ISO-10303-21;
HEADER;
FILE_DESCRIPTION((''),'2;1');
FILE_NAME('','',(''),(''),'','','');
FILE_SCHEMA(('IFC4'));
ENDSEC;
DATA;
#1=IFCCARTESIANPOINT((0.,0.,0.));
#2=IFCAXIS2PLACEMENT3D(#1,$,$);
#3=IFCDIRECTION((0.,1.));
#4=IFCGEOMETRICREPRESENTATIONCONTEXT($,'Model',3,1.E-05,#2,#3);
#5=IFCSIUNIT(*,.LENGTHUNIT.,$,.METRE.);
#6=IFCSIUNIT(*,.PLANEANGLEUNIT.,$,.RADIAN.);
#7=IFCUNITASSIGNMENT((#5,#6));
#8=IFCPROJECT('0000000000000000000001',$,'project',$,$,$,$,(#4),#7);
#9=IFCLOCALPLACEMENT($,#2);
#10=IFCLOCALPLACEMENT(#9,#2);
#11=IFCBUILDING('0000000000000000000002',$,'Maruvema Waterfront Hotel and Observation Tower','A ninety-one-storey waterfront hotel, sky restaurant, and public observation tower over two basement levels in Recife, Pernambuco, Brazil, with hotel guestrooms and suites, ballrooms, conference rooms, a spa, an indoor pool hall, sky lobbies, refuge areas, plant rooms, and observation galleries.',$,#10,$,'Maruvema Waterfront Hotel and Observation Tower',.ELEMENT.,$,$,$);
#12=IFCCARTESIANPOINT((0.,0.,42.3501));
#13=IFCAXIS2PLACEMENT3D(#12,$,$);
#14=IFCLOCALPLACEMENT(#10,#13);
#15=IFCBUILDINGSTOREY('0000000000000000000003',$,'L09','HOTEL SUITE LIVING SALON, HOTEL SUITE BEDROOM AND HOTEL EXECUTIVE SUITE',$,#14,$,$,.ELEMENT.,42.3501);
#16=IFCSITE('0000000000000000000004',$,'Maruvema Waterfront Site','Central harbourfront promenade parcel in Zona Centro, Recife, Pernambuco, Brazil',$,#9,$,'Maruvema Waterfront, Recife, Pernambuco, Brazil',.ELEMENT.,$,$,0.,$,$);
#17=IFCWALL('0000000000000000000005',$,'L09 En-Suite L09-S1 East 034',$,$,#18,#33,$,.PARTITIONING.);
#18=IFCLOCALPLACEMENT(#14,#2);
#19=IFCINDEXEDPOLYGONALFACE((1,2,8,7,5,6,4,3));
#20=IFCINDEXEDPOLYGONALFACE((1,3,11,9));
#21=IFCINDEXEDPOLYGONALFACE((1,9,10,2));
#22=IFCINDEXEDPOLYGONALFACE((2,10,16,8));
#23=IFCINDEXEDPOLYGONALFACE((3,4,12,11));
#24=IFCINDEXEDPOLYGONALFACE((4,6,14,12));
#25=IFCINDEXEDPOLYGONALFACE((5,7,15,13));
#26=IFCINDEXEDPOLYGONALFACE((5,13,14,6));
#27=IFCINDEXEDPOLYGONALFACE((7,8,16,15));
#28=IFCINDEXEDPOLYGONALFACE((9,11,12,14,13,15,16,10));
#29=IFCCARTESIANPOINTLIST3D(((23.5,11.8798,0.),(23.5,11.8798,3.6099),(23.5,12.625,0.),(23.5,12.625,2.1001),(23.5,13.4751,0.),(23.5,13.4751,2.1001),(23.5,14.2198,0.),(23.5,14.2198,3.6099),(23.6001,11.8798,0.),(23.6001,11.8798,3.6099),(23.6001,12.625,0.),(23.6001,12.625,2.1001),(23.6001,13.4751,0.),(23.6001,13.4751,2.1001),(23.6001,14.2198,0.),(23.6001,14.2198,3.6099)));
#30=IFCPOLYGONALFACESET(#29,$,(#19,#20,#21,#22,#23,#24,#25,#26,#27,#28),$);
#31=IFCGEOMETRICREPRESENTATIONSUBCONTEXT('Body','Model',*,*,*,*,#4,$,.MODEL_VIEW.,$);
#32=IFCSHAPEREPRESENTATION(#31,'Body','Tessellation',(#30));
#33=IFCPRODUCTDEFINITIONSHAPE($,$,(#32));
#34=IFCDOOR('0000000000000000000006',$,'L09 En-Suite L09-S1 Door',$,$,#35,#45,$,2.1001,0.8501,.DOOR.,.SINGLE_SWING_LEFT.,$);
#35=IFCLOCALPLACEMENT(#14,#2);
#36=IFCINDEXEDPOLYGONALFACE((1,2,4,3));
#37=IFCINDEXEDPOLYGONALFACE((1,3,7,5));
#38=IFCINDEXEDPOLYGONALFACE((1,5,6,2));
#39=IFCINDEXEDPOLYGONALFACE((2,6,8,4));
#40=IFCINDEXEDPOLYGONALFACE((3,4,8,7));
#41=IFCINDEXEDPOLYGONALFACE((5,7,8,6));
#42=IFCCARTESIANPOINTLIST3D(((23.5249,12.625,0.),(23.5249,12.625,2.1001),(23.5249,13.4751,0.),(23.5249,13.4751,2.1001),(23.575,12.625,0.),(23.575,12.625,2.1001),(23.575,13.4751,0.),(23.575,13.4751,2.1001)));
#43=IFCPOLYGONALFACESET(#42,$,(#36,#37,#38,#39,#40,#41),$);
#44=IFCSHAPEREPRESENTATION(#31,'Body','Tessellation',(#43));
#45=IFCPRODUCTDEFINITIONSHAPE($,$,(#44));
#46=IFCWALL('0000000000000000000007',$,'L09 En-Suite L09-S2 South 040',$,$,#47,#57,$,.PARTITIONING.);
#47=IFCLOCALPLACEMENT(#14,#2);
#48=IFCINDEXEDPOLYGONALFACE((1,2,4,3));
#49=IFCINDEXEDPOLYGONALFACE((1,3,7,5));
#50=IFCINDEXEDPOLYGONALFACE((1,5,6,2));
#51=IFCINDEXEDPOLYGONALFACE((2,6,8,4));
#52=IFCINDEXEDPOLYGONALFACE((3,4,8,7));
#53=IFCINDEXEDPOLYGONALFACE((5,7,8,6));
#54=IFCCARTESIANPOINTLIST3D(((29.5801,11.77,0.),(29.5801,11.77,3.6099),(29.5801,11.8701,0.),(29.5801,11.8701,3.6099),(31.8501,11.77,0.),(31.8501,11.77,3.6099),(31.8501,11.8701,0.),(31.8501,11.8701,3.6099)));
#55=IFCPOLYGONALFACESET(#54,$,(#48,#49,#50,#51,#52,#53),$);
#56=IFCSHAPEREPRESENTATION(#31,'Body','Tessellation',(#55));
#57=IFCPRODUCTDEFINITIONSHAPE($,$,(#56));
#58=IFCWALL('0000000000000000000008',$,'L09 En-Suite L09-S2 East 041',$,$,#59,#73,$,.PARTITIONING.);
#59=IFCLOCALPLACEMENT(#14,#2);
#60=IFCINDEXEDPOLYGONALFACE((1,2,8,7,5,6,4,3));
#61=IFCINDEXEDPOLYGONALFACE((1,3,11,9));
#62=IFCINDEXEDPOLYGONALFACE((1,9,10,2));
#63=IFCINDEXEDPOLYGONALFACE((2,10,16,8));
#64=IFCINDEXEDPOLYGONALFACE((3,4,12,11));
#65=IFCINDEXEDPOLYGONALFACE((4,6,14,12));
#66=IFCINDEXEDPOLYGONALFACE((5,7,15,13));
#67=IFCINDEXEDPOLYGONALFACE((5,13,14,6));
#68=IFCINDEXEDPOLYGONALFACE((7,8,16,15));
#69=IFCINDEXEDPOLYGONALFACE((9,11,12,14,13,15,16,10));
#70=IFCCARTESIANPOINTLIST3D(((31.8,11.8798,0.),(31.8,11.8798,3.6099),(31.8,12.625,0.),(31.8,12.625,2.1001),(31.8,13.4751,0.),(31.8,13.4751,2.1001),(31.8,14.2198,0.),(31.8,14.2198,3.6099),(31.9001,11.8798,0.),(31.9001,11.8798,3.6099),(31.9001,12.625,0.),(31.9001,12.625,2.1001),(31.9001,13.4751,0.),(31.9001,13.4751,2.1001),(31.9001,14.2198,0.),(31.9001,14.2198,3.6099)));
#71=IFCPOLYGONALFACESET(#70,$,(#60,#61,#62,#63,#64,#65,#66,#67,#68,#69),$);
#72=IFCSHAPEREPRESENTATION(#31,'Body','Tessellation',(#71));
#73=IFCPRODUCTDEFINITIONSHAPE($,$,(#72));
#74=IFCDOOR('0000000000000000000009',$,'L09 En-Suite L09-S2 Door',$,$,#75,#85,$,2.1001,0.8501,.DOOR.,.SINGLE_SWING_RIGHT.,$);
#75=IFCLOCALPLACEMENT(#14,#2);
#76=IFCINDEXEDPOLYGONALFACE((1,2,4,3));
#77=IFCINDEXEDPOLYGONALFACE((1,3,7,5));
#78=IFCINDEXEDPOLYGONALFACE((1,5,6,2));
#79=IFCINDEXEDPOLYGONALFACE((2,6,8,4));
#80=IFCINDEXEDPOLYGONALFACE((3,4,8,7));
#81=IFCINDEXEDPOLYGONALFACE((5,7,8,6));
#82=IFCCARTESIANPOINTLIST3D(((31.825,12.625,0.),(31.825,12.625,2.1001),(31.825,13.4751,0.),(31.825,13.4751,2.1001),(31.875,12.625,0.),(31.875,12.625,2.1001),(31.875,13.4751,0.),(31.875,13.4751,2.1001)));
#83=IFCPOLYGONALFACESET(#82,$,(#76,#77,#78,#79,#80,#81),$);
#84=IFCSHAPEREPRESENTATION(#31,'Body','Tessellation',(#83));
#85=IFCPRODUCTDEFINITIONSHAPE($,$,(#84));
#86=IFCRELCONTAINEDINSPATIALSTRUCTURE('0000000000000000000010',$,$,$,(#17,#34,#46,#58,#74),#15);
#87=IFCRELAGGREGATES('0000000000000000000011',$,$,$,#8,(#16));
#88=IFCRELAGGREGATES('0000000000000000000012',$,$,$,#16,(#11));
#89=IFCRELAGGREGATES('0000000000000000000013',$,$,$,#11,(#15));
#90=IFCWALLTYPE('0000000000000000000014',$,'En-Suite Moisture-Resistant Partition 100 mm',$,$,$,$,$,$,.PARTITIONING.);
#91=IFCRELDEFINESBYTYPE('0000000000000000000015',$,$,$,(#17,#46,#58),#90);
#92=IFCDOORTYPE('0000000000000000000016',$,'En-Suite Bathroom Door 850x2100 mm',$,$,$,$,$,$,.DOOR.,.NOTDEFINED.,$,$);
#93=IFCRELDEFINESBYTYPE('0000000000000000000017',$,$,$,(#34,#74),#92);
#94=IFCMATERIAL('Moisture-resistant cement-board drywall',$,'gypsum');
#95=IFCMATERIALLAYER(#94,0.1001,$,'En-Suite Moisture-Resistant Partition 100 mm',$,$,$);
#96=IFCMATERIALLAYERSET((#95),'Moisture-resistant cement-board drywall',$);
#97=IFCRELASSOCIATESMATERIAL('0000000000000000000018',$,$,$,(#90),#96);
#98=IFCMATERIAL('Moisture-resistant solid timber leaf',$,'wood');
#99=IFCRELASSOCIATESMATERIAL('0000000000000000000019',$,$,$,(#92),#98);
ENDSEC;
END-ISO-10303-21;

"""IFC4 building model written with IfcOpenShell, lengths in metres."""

from ifc_helpers import new_model, si_unit, direction, frame, frame_2d, origin, place, context, subcontext, project, spatial, rectangle, extrude, material, layer, layer_set, type_object, element, fill, save


model = new_model("IFC4")

# Units and contexts
model_context = context("Model", 3, precision=1e-05, world=origin(), true_north=direction((0.0, 1.0)))
body_context = subcontext(model_context, "Body", "Model", "MODEL_VIEW")
ifc_project = project(units=[si_unit("LENGTHUNIT", "METRE"), si_unit("PLANEANGLEUNIT", "RADIAN")], contexts=[model_context])

# Site, building, storey
site_placement = place(None, origin())
site = spatial("IfcSite", under=ifc_project, at=site_placement, Name="Maruvema Waterfront Site", Description="Central harbourfront promenade parcel in Zona Centro, Recife, Pernambuco, Brazil", LongName="Maruvema Waterfront, Recife, Pernambuco, Brazil", CompositionType="ELEMENT", RefElevation=0.0)
building_placement = place(site_placement, origin())
building = spatial("IfcBuilding", under=site, at=building_placement, Name="Maruvema Waterfront Hotel and Observation Tower", Description="A ninety-one-storey waterfront hotel, sky restaurant, and public observation tower over two basement levels in Recife, Pernambuco, Brazil, with hotel guestrooms and suites, ballrooms, conference rooms, a spa, an indoor pool hall, sky lobbies, refuge areas, plant rooms, and observation galleries.", LongName="Maruvema Waterfront Hotel and Observation Tower", CompositionType="ELEMENT")
storey_placement = place(building_placement, frame((0.0, 0.0, 42.3501)))
storey = spatial("IfcBuildingStorey", under=building, at=storey_placement, Name="L09", Description="HOTEL SUITE LIVING SALON, HOTEL SUITE BEDROOM AND HOTEL EXECUTIVE SUITE", CompositionType="ELEMENT", Elevation=42.3501)

# Shared definitions
ifc_material_1 = material(Name="Moisture-resistant cement-board drywall", Category="gypsum")
ifc_layer_1 = layer(ifc_material_1, 0.1001, Name="En-Suite Moisture-Resistant Partition 100 mm")
ifc_layer_set_1 = layer_set([ifc_layer_1], Name="Moisture-resistant cement-board drywall")
wall_type_1 = type_object("IfcWallType", Name="En-Suite Moisture-Resistant Partition 100 mm", PredefinedType="PARTITIONING", material=ifc_layer_set_1)

# Wall, opening, door
wall_1_placement = place(storey_placement, frame((23.55, 11.8799, 0.0), z_axis=(0.0, 0.0, 1.0), x_axis=(0.0, 1.0, 0.0)))
wall_1 = element("IfcWall", 1, at=wall_1_placement, inside=storey, type_object=wall_type_1, Name="L09 En-Suite L09-S1 East 034", PredefinedType="PARTITIONING", context=body_context, shape_type="SweptSolid", body=[
    extrude(rectangle(XDim=2.3401, YDim=0.1001, at=frame_2d((1.1699, 0.0))), origin(), (0.0, 0.0, 1.0), 3.6099),
])
opening_1_placement = place(wall_1_placement, frame((0.7451, 0.0, 0.0)))
opening_1 = element("IfcOpeningElement", 2, at=opening_1_placement, cuts=wall_1, PredefinedType="OPENING", context=body_context, shape_type="SweptSolid", body=[
    extrude(rectangle(XDim=0.8501, YDim=2.1001, at=frame_2d((0.425, 1.05))), frame((0.0, 0.0601, 0.0), z_axis=(0.0, -1.0, 0.0), x_axis=(1.0, 0.0, 0.0)), (0.0, 0.0, 1.0), 0.1201),
])
ifc_material_2 = material(Name="Moisture-resistant solid timber leaf", Category="wood")
door_type_1 = type_object("IfcDoorType", Name="En-Suite Bathroom Door 850x2100 mm", OperationType="NOTDEFINED", PredefinedType="DOOR", material=ifc_material_2)
door_1_placement = place(opening_1_placement, frame((0.8501, 0.0, 0.0), z_axis=(0.0, 0.0, 1.0), x_axis=(-1.0, 0.0, 0.0)))
door_1 = element("IfcDoor", 3, at=door_1_placement, inside=storey, type_object=door_type_1, Name="L09 En-Suite L09-S1 Door", OperationType="SINGLE_SWING_LEFT", OverallHeight=2.1001, OverallWidth=0.8501, PredefinedType="DOOR", context=body_context, shape_type="SweptSolid", body=[
    extrude(rectangle(XDim=0.8501, YDim=2.1001, at=frame_2d((0.425, 1.05))), frame((0.0, 0.0249, 0.0), z_axis=(0.0, -1.0, 0.0), x_axis=(1.0, 0.0, 0.0)), (0.0, 0.0, 1.0), 0.05),
])
fill(opening_1, door_1)

# Wall
wall_2_placement = place(storey_placement, frame((29.5801, 11.8201, 0.0), z_axis=(0.0, 0.0, 1.0), x_axis=(1.0, 0.0, 0.0)))
element("IfcWall", 4, at=wall_2_placement, inside=storey, type_object=wall_type_1, Name="L09 En-Suite L09-S2 South 040", PredefinedType="PARTITIONING", context=body_context, shape_type="SweptSolid", body=[
    extrude(rectangle(XDim=2.27, YDim=0.1001, at=frame_2d((1.135, 0.0))), origin(), (0.0, 0.0, 1.0), 3.6099),
])

# Wall, opening, door
wall_3_placement = place(storey_placement, frame((31.8501, 11.8799, 0.0), z_axis=(0.0, 0.0, 1.0), x_axis=(0.0, 1.0, 0.0)))
wall_3 = element("IfcWall", 5, at=wall_3_placement, inside=storey, type_object=wall_type_1, Name="L09 En-Suite L09-S2 East 041", PredefinedType="PARTITIONING", context=body_context, shape_type="SweptSolid", body=[
    extrude(rectangle(XDim=2.3401, YDim=0.1001, at=frame_2d((1.1699, 0.0))), origin(), (0.0, 0.0, 1.0), 3.6099),
])
opening_2_placement = place(wall_3_placement, frame((0.7451, 0.0, 0.0)))
opening_2 = element("IfcOpeningElement", 6, at=opening_2_placement, cuts=wall_3, PredefinedType="OPENING", context=body_context, shape_type="SweptSolid", body=[
    extrude(rectangle(XDim=0.8501, YDim=2.1001, at=frame_2d((0.425, 1.05))), frame((0.0, 0.0601, 0.0), z_axis=(0.0, -1.0, 0.0), x_axis=(1.0, 0.0, 0.0)), (0.0, 0.0, 1.0), 0.1201),
])
door_2_placement = place(opening_2_placement, frame((0.8501, 0.0, 0.0), z_axis=(0.0, 0.0, 1.0), x_axis=(-1.0, 0.0, 0.0)))
door_2 = element("IfcDoor", 7, at=door_2_placement, inside=storey, type_object=door_type_1, Name="L09 En-Suite L09-S2 Door", OperationType="SINGLE_SWING_RIGHT", OverallHeight=2.1001, OverallWidth=0.8501, PredefinedType="DOOR", context=body_context, shape_type="SweptSolid", body=[
    extrude(rectangle(XDim=0.8501, YDim=2.1001, at=frame_2d((0.425, 1.05))), frame((0.0, 0.0249, 0.0), z_axis=(0.0, -1.0, 0.0), x_axis=(1.0, 0.0, 0.0)), (0.0, 0.0, 1.0), 0.05),
])
fill(opening_2, door_2)

save(model, "model.ifc")
